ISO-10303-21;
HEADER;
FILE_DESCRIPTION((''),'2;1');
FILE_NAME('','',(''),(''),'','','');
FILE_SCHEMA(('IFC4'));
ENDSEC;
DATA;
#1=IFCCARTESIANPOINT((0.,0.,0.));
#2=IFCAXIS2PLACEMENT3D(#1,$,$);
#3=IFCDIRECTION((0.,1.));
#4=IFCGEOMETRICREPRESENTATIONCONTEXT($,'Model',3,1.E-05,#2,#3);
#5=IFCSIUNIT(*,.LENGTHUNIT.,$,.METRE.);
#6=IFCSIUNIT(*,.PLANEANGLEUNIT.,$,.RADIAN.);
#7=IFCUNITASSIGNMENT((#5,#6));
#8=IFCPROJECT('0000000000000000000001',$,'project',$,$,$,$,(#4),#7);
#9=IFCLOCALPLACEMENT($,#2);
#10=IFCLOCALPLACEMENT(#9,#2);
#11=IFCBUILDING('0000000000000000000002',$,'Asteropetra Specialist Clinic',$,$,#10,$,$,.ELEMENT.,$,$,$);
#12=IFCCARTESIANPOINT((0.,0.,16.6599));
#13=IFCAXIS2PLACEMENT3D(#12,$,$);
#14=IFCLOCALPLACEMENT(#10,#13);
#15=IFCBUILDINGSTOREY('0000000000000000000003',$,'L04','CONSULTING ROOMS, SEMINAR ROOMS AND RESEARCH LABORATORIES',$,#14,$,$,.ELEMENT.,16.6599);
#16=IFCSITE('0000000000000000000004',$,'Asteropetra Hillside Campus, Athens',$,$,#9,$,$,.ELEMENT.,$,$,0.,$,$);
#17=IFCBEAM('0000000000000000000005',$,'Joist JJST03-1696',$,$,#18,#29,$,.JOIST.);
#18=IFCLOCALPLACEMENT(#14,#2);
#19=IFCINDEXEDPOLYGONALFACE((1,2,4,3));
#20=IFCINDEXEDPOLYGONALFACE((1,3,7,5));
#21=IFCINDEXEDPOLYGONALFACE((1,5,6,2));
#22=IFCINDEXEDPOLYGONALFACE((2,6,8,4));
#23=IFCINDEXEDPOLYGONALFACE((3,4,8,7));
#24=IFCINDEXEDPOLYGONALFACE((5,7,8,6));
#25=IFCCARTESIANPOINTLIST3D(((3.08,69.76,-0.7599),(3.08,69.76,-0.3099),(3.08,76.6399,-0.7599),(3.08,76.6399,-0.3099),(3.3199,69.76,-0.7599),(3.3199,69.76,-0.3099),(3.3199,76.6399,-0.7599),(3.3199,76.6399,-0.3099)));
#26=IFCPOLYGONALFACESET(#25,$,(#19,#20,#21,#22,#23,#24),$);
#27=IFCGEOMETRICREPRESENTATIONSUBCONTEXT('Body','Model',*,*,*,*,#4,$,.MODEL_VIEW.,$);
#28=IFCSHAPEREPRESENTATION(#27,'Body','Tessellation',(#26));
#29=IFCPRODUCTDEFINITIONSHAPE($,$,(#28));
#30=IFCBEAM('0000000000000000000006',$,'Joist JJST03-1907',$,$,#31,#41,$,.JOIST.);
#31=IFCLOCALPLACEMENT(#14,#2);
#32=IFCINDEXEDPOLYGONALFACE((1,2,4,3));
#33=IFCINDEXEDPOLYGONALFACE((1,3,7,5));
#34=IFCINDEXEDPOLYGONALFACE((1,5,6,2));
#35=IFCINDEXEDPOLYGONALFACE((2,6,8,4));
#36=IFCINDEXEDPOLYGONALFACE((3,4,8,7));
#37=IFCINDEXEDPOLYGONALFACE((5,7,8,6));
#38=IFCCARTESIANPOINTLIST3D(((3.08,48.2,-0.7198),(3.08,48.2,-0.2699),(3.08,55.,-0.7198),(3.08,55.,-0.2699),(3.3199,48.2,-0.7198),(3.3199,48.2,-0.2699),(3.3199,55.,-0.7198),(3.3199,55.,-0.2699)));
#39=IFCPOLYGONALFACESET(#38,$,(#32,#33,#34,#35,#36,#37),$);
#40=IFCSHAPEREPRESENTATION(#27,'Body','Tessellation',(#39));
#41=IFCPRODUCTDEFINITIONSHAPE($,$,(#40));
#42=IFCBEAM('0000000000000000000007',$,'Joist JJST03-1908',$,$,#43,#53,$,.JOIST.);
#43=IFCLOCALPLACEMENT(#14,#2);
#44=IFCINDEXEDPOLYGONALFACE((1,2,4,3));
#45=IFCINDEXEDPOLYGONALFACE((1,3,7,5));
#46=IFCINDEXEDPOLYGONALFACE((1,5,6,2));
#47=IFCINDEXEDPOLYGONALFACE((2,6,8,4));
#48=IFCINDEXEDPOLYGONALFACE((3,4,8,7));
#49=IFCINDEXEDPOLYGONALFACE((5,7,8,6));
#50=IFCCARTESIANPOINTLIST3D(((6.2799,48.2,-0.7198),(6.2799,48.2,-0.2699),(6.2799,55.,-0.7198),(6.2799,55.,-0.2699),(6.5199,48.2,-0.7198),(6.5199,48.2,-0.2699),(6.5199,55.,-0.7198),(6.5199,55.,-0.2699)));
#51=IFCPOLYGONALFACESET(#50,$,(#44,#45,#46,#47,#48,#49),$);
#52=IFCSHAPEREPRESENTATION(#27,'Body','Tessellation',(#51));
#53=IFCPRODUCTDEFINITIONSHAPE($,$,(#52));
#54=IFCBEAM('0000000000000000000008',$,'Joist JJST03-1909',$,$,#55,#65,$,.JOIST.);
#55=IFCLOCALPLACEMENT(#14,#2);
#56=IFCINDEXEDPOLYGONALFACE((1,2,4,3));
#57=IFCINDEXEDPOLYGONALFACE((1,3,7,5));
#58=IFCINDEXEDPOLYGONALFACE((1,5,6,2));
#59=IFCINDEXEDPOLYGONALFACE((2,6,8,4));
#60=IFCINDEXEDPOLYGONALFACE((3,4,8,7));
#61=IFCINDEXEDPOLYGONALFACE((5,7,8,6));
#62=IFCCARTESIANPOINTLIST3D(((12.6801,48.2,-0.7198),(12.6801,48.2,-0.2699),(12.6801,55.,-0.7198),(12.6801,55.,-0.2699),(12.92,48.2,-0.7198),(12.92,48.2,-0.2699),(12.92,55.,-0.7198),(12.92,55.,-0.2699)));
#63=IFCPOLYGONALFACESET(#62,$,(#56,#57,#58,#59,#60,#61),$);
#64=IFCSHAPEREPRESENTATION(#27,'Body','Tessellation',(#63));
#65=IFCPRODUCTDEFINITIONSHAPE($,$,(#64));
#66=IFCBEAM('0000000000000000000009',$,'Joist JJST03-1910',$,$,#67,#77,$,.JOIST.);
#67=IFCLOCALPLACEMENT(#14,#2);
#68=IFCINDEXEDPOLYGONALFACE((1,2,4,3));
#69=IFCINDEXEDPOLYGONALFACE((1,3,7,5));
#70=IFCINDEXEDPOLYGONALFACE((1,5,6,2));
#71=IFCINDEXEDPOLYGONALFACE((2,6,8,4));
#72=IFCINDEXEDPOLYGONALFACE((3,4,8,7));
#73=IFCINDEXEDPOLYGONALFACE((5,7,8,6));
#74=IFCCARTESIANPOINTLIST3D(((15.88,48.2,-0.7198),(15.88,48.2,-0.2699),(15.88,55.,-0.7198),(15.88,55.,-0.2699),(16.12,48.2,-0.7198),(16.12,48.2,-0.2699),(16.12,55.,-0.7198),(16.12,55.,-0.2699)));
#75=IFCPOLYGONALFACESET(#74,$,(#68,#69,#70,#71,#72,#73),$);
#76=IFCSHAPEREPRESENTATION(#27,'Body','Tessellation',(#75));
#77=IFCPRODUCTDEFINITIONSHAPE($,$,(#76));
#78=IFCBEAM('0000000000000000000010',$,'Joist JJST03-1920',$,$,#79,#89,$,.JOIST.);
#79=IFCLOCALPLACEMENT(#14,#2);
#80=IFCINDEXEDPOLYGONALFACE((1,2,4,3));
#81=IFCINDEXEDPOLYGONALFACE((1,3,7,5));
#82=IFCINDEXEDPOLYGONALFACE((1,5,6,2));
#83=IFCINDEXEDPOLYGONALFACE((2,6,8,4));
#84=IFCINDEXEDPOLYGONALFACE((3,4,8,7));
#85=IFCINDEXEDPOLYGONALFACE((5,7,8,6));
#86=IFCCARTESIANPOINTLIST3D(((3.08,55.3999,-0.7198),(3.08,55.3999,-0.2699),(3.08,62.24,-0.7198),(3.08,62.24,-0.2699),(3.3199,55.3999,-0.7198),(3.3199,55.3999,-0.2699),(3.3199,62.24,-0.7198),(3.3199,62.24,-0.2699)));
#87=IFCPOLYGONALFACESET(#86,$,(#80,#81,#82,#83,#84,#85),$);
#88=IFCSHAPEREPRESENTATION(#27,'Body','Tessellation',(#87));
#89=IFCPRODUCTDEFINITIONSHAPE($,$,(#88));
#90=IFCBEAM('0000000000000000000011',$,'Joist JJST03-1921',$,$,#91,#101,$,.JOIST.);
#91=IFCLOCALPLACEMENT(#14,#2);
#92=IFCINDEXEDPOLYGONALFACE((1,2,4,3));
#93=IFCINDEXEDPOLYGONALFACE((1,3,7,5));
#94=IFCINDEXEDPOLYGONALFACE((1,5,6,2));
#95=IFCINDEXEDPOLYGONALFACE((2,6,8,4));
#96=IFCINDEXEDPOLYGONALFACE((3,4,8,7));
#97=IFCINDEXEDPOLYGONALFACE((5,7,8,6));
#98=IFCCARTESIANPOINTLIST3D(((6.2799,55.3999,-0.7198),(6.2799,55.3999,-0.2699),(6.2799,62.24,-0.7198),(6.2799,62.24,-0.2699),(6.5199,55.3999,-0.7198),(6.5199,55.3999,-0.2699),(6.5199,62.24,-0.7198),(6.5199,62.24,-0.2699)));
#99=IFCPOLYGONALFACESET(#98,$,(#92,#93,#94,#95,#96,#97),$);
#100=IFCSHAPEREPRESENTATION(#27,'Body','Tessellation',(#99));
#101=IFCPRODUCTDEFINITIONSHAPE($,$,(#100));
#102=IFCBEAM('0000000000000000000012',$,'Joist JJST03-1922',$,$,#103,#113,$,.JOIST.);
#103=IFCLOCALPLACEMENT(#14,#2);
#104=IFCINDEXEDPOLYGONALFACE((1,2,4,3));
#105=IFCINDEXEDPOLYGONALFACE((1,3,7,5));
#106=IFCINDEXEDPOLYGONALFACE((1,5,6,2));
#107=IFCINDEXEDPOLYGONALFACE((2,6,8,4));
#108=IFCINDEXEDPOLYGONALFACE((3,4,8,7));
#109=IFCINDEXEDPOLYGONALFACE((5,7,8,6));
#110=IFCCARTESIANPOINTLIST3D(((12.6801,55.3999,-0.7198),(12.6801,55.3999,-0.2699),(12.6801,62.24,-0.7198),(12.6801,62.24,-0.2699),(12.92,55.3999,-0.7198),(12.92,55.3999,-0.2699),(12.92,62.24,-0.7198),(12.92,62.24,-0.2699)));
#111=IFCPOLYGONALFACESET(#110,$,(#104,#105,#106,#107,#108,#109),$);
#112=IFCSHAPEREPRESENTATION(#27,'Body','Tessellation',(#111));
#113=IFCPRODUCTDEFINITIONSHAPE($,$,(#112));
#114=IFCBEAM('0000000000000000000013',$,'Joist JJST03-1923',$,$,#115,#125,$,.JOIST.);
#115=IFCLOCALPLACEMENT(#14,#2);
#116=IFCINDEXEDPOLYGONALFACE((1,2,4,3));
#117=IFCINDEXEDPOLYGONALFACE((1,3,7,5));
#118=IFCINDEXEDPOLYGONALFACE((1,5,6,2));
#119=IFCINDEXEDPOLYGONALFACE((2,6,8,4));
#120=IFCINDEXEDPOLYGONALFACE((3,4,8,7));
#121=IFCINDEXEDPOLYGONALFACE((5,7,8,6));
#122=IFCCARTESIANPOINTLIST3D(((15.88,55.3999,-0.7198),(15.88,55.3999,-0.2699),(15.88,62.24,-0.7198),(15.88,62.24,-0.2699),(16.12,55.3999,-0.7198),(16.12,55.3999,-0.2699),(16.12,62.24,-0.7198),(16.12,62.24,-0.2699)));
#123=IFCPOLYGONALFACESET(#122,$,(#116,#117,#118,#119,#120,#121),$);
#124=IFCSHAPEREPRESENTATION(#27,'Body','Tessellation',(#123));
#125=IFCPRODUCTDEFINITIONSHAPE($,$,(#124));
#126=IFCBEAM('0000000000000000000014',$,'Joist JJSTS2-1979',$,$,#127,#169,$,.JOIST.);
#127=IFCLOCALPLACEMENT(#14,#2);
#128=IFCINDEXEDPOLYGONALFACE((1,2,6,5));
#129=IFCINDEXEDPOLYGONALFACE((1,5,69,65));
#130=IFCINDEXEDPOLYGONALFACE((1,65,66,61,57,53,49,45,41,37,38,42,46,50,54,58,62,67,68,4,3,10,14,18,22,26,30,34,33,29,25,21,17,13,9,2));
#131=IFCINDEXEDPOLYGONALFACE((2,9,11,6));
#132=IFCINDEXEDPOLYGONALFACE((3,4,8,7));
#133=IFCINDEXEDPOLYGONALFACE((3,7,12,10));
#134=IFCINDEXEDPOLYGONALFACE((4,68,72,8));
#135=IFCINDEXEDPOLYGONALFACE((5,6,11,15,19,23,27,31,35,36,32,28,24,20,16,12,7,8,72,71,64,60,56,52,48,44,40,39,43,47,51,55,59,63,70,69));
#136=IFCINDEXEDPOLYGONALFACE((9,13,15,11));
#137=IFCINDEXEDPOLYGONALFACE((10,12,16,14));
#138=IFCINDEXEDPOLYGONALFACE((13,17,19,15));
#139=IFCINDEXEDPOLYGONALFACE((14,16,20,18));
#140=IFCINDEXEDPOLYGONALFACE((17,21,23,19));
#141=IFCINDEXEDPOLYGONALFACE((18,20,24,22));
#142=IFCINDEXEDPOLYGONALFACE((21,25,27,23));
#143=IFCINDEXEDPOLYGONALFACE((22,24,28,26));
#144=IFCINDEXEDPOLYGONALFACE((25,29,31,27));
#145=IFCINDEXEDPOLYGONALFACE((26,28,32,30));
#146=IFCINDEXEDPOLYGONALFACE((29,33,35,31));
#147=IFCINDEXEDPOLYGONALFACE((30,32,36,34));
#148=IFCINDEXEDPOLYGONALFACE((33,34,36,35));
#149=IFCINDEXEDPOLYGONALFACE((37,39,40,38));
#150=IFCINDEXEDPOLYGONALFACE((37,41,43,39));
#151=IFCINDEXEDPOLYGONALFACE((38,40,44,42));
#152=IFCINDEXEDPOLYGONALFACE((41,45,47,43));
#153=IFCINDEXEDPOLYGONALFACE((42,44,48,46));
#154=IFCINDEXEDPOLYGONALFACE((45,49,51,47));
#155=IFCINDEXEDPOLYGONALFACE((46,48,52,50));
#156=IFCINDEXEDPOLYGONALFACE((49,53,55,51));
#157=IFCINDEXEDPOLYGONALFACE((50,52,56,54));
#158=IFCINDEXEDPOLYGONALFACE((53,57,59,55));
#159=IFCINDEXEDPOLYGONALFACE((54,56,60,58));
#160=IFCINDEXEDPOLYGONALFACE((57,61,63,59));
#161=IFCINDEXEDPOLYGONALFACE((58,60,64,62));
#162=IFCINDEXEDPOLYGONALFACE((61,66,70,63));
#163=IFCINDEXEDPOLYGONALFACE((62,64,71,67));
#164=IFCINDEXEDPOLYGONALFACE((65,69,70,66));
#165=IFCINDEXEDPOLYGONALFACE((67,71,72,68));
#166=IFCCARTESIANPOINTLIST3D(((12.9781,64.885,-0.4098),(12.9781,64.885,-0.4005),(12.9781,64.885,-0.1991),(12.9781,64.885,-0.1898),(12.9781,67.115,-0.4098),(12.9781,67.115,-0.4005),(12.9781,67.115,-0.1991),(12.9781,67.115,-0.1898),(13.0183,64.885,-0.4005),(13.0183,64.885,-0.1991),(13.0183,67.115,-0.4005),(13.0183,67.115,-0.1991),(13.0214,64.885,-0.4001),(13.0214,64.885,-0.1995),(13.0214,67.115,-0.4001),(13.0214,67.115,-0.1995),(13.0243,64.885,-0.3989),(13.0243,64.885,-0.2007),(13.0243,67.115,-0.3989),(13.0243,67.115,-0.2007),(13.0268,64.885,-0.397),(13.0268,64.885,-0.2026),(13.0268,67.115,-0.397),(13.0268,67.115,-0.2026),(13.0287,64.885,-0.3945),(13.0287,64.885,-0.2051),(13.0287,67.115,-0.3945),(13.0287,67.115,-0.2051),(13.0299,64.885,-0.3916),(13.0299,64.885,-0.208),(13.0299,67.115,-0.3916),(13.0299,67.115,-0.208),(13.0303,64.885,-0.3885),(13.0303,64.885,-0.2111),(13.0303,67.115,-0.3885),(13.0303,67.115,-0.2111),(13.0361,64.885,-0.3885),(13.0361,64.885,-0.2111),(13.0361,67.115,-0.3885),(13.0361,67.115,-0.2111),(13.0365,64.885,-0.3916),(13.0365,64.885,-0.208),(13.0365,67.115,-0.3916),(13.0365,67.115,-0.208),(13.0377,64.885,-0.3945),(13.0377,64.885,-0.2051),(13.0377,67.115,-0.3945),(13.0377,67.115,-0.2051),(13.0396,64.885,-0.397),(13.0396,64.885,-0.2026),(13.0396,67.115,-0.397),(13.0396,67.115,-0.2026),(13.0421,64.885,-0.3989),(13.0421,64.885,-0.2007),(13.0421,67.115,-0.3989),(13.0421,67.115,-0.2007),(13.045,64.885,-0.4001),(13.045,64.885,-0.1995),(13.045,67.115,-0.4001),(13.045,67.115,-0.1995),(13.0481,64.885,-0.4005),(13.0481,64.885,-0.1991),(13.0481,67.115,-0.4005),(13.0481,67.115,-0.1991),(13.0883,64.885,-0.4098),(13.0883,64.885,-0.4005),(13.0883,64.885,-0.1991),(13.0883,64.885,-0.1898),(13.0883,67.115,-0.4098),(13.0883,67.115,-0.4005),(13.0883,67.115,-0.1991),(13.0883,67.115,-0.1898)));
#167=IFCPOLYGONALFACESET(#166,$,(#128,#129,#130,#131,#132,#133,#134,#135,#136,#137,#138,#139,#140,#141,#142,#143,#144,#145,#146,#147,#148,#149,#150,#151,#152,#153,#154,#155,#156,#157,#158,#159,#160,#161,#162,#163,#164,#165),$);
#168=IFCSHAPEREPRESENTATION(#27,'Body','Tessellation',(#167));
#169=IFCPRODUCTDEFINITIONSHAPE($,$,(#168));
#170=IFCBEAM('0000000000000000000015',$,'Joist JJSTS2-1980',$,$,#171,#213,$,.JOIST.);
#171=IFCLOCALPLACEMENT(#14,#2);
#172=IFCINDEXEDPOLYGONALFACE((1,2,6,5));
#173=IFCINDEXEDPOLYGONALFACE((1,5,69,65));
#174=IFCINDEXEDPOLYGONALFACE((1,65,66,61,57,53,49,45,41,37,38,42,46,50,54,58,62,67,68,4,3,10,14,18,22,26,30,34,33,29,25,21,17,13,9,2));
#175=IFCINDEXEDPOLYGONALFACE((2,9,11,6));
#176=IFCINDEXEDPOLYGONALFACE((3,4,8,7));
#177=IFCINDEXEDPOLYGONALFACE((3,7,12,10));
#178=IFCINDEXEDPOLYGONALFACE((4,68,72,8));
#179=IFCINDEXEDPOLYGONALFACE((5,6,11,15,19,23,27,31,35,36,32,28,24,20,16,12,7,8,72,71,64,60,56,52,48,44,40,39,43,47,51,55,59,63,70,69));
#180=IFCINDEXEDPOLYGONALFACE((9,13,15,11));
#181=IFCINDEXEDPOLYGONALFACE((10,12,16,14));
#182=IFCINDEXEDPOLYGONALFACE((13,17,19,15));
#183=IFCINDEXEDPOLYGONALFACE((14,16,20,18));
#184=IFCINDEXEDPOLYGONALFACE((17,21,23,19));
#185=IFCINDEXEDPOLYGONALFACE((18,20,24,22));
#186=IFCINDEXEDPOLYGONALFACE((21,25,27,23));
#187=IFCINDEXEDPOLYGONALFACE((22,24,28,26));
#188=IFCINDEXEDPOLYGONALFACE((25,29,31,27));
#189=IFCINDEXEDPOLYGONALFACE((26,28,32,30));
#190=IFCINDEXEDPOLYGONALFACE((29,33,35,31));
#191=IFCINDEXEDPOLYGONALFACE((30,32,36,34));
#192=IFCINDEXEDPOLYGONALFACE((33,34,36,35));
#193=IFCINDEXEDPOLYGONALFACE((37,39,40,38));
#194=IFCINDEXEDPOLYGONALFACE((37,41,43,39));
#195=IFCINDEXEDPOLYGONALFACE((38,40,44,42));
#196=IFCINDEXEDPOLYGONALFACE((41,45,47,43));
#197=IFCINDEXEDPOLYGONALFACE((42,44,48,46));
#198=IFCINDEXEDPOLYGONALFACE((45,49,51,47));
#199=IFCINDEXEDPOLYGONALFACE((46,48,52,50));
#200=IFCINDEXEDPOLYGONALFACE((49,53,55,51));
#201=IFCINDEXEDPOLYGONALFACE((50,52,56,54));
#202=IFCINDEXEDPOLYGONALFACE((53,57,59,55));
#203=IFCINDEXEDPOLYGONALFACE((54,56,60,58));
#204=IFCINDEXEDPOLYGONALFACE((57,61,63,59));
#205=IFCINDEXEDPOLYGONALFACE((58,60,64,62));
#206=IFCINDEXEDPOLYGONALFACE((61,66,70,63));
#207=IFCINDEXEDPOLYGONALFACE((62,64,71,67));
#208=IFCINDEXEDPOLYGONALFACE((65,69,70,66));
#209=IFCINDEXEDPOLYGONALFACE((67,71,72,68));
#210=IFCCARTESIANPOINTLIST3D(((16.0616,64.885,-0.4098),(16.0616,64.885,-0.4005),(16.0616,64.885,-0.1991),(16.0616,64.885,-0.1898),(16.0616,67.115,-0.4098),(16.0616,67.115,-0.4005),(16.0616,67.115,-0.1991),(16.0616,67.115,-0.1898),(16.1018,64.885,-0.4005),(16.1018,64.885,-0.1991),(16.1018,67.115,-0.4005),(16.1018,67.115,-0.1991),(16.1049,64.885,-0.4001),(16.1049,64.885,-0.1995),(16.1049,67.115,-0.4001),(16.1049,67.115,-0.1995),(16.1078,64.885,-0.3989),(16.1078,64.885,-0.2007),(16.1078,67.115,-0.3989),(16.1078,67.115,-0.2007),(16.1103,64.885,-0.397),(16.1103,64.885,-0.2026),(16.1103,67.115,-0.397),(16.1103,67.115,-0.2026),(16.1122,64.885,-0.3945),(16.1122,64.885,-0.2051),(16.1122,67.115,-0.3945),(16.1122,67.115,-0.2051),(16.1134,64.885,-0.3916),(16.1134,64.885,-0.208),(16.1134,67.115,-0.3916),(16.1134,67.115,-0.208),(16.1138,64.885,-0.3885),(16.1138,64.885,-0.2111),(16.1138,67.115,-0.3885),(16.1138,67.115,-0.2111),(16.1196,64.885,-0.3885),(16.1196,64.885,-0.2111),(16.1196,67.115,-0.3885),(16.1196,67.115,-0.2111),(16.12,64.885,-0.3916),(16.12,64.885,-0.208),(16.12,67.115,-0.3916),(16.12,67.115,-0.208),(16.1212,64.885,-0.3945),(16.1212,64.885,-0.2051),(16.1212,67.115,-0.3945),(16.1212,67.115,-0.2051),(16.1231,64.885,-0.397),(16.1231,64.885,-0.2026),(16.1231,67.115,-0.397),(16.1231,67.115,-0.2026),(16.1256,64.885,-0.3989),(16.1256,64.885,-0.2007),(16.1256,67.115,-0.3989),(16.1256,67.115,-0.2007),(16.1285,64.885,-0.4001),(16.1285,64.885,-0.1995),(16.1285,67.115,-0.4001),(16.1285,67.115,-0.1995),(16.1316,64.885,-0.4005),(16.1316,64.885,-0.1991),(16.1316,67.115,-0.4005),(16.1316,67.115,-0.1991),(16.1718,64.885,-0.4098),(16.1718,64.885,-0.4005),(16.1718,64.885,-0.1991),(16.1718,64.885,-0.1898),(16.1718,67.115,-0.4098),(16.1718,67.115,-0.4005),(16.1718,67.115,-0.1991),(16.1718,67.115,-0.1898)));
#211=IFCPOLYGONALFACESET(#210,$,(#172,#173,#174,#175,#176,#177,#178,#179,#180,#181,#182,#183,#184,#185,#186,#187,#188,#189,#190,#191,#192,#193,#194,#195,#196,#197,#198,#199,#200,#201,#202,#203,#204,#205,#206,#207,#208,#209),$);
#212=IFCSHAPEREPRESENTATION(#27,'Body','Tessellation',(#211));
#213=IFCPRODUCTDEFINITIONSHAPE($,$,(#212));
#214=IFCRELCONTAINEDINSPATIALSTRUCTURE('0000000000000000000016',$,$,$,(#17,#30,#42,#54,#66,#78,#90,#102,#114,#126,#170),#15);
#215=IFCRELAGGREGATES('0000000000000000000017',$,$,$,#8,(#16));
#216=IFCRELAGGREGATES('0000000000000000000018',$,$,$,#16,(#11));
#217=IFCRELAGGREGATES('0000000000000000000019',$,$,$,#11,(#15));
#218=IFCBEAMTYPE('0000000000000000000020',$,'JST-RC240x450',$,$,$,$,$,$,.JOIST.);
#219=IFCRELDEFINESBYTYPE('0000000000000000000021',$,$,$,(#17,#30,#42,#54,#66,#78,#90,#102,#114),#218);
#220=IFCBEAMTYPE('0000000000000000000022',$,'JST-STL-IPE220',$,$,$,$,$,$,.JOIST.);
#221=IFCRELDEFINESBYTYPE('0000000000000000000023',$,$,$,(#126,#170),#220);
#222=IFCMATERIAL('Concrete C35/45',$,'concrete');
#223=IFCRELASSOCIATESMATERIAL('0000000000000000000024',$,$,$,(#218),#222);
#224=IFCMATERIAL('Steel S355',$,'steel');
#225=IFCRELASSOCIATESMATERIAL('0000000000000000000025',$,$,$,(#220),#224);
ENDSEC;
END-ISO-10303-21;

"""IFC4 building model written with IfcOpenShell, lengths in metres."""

from ifc_helpers import new_model, si_unit, direction, frame, origin, origin_2d, place, context, subcontext, project, spatial, rectangle, i_section, extrude, material, material_profile, profile_set, type_object, element, save


model = new_model("IFC4")

# Units and contexts
model_context = context("Model", 3, precision=1e-05, world=origin(), true_north=direction((0.0, 1.0)))
body_context = subcontext(model_context, "Body", "Model", "MODEL_VIEW")
ifc_project = project(units=[si_unit("LENGTHUNIT", "METRE"), si_unit("PLANEANGLEUNIT", "RADIAN")], contexts=[model_context])

# Site, building, storey
site_placement = place(None, origin())
site = spatial("IfcSite", under=ifc_project, at=site_placement, Name="Asteropetra Hillside Campus, Athens", CompositionType="ELEMENT", RefElevation=0.0)
building_placement = place(site_placement, origin())
building = spatial("IfcBuilding", under=site, at=building_placement, Name="Asteropetra Specialist Clinic", CompositionType="ELEMENT")
storey_placement = place(building_placement, frame((0.0, 0.0, 16.6599)))
storey = spatial("IfcBuildingStorey", under=building, at=storey_placement, Name="L04", Description="CONSULTING ROOMS, SEMINAR ROOMS AND RESEARCH LABORATORIES", CompositionType="ELEMENT", Elevation=16.6599)

# Beams
ifc_material_1 = material(Name="Concrete C35/45", Category="concrete")
ifc_material_profile_1 = material_profile(ifc_material_1, rectangle(XDim=0.24, YDim=0.45, at=origin_2d()), Name="RCJ 240x450")
ifc_profile_set_1 = profile_set([ifc_material_profile_1], Name="Concrete C35/45")
beam_type_1 = type_object("IfcBeamType", Name="JST-RC240x450", PredefinedType="JOIST", material=ifc_profile_set_1)
beam_1_placement = place(storey_placement, frame((3.2, 69.76, -0.5349), z_axis=(0.0, 1.0, 0.0), x_axis=(-1.0, 0.0, 0.0)))
element("IfcBeam", 1, at=beam_1_placement, inside=storey, type_object=beam_type_1, Name="Joist JJST03-1696", PredefinedType="JOIST", context=body_context, shape_type="SweptSolid", body=[
    extrude(rectangle(XDim=0.24, YDim=0.45, at=origin_2d()), origin(), (0.0, 0.0, 1.0), 6.8799),
])
for number, where, z_axis, x_axis, name in (
    (2, (3.2, 48.2, -0.4949), (0.0, 1.0, 0.0), (-1.0, 0.0, 0.0), "Joist JJST03-1907"),
    (3, (6.3999, 48.2, -0.4949), (0.0, 1.0, 0.0), (-1.0, 0.0, 0.0), "Joist JJST03-1908"),
    (4, (12.8, 48.2, -0.4949), (0.0, 1.0, 0.0), (-1.0, 0.0, 0.0), "Joist JJST03-1909"),
    (5, (16.0, 48.2, -0.4949), (0.0, 1.0, 0.0), (-1.0, 0.0, 0.0), "Joist JJST03-1910"),
):
    element("IfcBeam", number, at=place(storey_placement, frame(where, z_axis=z_axis, x_axis=x_axis)), inside=storey, type_object=beam_type_1, Name=name, PredefinedType="JOIST", context=body_context, shape_type="SweptSolid", body=[
        extrude(rectangle(XDim=0.24, YDim=0.45, at=origin_2d()), origin(), (0.0, 0.0, 1.0), 6.8),
    ])
for number, where, z_axis, x_axis, name in (
    (6, (3.2, 55.3999, -0.4949), (0.0, 1.0, 0.0), (-1.0, 0.0, 0.0), "Joist JJST03-1920"),
    (7, (6.3999, 55.3999, -0.4949), (0.0, 1.0, 0.0), (-1.0, 0.0, 0.0), "Joist JJST03-1921"),
    (8, (12.8, 55.3999, -0.4949), (0.0, 1.0, 0.0), (-1.0, 0.0, 0.0), "Joist JJST03-1922"),
    (9, (16.0, 55.3999, -0.4949), (0.0, 1.0, 0.0), (-1.0, 0.0, 0.0), "Joist JJST03-1923"),
):
    element("IfcBeam", number, at=place(storey_placement, frame(where, z_axis=z_axis, x_axis=x_axis)), inside=storey, type_object=beam_type_1, Name=name, PredefinedType="JOIST", context=body_context, shape_type="SweptSolid", body=[
        extrude(rectangle(XDim=0.24, YDim=0.45, at=origin_2d()), origin(), (0.0, 0.0, 1.0), 6.8401),
    ])
ifc_material_2 = material(Name="Steel S355", Category="steel")
ifc_material_profile_2 = material_profile(ifc_material_2, i_section(OverallWidth=0.1101, OverallDepth=0.22, WebThickness=0.0059, FlangeThickness=0.0093, FilletRadius=0.012, at=origin_2d()), Name="IPE 220")
ifc_profile_set_2 = profile_set([ifc_material_profile_2], Name="Steel S355")
beam_type_2 = type_object("IfcBeamType", Name="JST-STL-IPE220", PredefinedType="JOIST", material=ifc_profile_set_2)
for number, where, z_axis, x_axis, name in (
    (10, (13.0332, 64.885, -0.2998), (0.0, 1.0, 0.0), (-1.0, 0.0, 0.0), "Joist JJSTS2-1979"),
    (11, (16.1167, 64.885, -0.2998), (0.0, 1.0, 0.0), (-1.0, 0.0, 0.0), "Joist JJSTS2-1980"),
):
    element("IfcBeam", number, at=place(storey_placement, frame(where, z_axis=z_axis, x_axis=x_axis)), inside=storey, type_object=beam_type_2, Name=name, PredefinedType="JOIST", context=body_context, shape_type="SweptSolid", body=[
        extrude(i_section(OverallWidth=0.1101, OverallDepth=0.22, WebThickness=0.0059, FlangeThickness=0.0093, FilletRadius=0.012, at=origin_2d()), origin(), (0.0, 0.0, 1.0), 2.23),
    ])

save(model, "model.ifc")
